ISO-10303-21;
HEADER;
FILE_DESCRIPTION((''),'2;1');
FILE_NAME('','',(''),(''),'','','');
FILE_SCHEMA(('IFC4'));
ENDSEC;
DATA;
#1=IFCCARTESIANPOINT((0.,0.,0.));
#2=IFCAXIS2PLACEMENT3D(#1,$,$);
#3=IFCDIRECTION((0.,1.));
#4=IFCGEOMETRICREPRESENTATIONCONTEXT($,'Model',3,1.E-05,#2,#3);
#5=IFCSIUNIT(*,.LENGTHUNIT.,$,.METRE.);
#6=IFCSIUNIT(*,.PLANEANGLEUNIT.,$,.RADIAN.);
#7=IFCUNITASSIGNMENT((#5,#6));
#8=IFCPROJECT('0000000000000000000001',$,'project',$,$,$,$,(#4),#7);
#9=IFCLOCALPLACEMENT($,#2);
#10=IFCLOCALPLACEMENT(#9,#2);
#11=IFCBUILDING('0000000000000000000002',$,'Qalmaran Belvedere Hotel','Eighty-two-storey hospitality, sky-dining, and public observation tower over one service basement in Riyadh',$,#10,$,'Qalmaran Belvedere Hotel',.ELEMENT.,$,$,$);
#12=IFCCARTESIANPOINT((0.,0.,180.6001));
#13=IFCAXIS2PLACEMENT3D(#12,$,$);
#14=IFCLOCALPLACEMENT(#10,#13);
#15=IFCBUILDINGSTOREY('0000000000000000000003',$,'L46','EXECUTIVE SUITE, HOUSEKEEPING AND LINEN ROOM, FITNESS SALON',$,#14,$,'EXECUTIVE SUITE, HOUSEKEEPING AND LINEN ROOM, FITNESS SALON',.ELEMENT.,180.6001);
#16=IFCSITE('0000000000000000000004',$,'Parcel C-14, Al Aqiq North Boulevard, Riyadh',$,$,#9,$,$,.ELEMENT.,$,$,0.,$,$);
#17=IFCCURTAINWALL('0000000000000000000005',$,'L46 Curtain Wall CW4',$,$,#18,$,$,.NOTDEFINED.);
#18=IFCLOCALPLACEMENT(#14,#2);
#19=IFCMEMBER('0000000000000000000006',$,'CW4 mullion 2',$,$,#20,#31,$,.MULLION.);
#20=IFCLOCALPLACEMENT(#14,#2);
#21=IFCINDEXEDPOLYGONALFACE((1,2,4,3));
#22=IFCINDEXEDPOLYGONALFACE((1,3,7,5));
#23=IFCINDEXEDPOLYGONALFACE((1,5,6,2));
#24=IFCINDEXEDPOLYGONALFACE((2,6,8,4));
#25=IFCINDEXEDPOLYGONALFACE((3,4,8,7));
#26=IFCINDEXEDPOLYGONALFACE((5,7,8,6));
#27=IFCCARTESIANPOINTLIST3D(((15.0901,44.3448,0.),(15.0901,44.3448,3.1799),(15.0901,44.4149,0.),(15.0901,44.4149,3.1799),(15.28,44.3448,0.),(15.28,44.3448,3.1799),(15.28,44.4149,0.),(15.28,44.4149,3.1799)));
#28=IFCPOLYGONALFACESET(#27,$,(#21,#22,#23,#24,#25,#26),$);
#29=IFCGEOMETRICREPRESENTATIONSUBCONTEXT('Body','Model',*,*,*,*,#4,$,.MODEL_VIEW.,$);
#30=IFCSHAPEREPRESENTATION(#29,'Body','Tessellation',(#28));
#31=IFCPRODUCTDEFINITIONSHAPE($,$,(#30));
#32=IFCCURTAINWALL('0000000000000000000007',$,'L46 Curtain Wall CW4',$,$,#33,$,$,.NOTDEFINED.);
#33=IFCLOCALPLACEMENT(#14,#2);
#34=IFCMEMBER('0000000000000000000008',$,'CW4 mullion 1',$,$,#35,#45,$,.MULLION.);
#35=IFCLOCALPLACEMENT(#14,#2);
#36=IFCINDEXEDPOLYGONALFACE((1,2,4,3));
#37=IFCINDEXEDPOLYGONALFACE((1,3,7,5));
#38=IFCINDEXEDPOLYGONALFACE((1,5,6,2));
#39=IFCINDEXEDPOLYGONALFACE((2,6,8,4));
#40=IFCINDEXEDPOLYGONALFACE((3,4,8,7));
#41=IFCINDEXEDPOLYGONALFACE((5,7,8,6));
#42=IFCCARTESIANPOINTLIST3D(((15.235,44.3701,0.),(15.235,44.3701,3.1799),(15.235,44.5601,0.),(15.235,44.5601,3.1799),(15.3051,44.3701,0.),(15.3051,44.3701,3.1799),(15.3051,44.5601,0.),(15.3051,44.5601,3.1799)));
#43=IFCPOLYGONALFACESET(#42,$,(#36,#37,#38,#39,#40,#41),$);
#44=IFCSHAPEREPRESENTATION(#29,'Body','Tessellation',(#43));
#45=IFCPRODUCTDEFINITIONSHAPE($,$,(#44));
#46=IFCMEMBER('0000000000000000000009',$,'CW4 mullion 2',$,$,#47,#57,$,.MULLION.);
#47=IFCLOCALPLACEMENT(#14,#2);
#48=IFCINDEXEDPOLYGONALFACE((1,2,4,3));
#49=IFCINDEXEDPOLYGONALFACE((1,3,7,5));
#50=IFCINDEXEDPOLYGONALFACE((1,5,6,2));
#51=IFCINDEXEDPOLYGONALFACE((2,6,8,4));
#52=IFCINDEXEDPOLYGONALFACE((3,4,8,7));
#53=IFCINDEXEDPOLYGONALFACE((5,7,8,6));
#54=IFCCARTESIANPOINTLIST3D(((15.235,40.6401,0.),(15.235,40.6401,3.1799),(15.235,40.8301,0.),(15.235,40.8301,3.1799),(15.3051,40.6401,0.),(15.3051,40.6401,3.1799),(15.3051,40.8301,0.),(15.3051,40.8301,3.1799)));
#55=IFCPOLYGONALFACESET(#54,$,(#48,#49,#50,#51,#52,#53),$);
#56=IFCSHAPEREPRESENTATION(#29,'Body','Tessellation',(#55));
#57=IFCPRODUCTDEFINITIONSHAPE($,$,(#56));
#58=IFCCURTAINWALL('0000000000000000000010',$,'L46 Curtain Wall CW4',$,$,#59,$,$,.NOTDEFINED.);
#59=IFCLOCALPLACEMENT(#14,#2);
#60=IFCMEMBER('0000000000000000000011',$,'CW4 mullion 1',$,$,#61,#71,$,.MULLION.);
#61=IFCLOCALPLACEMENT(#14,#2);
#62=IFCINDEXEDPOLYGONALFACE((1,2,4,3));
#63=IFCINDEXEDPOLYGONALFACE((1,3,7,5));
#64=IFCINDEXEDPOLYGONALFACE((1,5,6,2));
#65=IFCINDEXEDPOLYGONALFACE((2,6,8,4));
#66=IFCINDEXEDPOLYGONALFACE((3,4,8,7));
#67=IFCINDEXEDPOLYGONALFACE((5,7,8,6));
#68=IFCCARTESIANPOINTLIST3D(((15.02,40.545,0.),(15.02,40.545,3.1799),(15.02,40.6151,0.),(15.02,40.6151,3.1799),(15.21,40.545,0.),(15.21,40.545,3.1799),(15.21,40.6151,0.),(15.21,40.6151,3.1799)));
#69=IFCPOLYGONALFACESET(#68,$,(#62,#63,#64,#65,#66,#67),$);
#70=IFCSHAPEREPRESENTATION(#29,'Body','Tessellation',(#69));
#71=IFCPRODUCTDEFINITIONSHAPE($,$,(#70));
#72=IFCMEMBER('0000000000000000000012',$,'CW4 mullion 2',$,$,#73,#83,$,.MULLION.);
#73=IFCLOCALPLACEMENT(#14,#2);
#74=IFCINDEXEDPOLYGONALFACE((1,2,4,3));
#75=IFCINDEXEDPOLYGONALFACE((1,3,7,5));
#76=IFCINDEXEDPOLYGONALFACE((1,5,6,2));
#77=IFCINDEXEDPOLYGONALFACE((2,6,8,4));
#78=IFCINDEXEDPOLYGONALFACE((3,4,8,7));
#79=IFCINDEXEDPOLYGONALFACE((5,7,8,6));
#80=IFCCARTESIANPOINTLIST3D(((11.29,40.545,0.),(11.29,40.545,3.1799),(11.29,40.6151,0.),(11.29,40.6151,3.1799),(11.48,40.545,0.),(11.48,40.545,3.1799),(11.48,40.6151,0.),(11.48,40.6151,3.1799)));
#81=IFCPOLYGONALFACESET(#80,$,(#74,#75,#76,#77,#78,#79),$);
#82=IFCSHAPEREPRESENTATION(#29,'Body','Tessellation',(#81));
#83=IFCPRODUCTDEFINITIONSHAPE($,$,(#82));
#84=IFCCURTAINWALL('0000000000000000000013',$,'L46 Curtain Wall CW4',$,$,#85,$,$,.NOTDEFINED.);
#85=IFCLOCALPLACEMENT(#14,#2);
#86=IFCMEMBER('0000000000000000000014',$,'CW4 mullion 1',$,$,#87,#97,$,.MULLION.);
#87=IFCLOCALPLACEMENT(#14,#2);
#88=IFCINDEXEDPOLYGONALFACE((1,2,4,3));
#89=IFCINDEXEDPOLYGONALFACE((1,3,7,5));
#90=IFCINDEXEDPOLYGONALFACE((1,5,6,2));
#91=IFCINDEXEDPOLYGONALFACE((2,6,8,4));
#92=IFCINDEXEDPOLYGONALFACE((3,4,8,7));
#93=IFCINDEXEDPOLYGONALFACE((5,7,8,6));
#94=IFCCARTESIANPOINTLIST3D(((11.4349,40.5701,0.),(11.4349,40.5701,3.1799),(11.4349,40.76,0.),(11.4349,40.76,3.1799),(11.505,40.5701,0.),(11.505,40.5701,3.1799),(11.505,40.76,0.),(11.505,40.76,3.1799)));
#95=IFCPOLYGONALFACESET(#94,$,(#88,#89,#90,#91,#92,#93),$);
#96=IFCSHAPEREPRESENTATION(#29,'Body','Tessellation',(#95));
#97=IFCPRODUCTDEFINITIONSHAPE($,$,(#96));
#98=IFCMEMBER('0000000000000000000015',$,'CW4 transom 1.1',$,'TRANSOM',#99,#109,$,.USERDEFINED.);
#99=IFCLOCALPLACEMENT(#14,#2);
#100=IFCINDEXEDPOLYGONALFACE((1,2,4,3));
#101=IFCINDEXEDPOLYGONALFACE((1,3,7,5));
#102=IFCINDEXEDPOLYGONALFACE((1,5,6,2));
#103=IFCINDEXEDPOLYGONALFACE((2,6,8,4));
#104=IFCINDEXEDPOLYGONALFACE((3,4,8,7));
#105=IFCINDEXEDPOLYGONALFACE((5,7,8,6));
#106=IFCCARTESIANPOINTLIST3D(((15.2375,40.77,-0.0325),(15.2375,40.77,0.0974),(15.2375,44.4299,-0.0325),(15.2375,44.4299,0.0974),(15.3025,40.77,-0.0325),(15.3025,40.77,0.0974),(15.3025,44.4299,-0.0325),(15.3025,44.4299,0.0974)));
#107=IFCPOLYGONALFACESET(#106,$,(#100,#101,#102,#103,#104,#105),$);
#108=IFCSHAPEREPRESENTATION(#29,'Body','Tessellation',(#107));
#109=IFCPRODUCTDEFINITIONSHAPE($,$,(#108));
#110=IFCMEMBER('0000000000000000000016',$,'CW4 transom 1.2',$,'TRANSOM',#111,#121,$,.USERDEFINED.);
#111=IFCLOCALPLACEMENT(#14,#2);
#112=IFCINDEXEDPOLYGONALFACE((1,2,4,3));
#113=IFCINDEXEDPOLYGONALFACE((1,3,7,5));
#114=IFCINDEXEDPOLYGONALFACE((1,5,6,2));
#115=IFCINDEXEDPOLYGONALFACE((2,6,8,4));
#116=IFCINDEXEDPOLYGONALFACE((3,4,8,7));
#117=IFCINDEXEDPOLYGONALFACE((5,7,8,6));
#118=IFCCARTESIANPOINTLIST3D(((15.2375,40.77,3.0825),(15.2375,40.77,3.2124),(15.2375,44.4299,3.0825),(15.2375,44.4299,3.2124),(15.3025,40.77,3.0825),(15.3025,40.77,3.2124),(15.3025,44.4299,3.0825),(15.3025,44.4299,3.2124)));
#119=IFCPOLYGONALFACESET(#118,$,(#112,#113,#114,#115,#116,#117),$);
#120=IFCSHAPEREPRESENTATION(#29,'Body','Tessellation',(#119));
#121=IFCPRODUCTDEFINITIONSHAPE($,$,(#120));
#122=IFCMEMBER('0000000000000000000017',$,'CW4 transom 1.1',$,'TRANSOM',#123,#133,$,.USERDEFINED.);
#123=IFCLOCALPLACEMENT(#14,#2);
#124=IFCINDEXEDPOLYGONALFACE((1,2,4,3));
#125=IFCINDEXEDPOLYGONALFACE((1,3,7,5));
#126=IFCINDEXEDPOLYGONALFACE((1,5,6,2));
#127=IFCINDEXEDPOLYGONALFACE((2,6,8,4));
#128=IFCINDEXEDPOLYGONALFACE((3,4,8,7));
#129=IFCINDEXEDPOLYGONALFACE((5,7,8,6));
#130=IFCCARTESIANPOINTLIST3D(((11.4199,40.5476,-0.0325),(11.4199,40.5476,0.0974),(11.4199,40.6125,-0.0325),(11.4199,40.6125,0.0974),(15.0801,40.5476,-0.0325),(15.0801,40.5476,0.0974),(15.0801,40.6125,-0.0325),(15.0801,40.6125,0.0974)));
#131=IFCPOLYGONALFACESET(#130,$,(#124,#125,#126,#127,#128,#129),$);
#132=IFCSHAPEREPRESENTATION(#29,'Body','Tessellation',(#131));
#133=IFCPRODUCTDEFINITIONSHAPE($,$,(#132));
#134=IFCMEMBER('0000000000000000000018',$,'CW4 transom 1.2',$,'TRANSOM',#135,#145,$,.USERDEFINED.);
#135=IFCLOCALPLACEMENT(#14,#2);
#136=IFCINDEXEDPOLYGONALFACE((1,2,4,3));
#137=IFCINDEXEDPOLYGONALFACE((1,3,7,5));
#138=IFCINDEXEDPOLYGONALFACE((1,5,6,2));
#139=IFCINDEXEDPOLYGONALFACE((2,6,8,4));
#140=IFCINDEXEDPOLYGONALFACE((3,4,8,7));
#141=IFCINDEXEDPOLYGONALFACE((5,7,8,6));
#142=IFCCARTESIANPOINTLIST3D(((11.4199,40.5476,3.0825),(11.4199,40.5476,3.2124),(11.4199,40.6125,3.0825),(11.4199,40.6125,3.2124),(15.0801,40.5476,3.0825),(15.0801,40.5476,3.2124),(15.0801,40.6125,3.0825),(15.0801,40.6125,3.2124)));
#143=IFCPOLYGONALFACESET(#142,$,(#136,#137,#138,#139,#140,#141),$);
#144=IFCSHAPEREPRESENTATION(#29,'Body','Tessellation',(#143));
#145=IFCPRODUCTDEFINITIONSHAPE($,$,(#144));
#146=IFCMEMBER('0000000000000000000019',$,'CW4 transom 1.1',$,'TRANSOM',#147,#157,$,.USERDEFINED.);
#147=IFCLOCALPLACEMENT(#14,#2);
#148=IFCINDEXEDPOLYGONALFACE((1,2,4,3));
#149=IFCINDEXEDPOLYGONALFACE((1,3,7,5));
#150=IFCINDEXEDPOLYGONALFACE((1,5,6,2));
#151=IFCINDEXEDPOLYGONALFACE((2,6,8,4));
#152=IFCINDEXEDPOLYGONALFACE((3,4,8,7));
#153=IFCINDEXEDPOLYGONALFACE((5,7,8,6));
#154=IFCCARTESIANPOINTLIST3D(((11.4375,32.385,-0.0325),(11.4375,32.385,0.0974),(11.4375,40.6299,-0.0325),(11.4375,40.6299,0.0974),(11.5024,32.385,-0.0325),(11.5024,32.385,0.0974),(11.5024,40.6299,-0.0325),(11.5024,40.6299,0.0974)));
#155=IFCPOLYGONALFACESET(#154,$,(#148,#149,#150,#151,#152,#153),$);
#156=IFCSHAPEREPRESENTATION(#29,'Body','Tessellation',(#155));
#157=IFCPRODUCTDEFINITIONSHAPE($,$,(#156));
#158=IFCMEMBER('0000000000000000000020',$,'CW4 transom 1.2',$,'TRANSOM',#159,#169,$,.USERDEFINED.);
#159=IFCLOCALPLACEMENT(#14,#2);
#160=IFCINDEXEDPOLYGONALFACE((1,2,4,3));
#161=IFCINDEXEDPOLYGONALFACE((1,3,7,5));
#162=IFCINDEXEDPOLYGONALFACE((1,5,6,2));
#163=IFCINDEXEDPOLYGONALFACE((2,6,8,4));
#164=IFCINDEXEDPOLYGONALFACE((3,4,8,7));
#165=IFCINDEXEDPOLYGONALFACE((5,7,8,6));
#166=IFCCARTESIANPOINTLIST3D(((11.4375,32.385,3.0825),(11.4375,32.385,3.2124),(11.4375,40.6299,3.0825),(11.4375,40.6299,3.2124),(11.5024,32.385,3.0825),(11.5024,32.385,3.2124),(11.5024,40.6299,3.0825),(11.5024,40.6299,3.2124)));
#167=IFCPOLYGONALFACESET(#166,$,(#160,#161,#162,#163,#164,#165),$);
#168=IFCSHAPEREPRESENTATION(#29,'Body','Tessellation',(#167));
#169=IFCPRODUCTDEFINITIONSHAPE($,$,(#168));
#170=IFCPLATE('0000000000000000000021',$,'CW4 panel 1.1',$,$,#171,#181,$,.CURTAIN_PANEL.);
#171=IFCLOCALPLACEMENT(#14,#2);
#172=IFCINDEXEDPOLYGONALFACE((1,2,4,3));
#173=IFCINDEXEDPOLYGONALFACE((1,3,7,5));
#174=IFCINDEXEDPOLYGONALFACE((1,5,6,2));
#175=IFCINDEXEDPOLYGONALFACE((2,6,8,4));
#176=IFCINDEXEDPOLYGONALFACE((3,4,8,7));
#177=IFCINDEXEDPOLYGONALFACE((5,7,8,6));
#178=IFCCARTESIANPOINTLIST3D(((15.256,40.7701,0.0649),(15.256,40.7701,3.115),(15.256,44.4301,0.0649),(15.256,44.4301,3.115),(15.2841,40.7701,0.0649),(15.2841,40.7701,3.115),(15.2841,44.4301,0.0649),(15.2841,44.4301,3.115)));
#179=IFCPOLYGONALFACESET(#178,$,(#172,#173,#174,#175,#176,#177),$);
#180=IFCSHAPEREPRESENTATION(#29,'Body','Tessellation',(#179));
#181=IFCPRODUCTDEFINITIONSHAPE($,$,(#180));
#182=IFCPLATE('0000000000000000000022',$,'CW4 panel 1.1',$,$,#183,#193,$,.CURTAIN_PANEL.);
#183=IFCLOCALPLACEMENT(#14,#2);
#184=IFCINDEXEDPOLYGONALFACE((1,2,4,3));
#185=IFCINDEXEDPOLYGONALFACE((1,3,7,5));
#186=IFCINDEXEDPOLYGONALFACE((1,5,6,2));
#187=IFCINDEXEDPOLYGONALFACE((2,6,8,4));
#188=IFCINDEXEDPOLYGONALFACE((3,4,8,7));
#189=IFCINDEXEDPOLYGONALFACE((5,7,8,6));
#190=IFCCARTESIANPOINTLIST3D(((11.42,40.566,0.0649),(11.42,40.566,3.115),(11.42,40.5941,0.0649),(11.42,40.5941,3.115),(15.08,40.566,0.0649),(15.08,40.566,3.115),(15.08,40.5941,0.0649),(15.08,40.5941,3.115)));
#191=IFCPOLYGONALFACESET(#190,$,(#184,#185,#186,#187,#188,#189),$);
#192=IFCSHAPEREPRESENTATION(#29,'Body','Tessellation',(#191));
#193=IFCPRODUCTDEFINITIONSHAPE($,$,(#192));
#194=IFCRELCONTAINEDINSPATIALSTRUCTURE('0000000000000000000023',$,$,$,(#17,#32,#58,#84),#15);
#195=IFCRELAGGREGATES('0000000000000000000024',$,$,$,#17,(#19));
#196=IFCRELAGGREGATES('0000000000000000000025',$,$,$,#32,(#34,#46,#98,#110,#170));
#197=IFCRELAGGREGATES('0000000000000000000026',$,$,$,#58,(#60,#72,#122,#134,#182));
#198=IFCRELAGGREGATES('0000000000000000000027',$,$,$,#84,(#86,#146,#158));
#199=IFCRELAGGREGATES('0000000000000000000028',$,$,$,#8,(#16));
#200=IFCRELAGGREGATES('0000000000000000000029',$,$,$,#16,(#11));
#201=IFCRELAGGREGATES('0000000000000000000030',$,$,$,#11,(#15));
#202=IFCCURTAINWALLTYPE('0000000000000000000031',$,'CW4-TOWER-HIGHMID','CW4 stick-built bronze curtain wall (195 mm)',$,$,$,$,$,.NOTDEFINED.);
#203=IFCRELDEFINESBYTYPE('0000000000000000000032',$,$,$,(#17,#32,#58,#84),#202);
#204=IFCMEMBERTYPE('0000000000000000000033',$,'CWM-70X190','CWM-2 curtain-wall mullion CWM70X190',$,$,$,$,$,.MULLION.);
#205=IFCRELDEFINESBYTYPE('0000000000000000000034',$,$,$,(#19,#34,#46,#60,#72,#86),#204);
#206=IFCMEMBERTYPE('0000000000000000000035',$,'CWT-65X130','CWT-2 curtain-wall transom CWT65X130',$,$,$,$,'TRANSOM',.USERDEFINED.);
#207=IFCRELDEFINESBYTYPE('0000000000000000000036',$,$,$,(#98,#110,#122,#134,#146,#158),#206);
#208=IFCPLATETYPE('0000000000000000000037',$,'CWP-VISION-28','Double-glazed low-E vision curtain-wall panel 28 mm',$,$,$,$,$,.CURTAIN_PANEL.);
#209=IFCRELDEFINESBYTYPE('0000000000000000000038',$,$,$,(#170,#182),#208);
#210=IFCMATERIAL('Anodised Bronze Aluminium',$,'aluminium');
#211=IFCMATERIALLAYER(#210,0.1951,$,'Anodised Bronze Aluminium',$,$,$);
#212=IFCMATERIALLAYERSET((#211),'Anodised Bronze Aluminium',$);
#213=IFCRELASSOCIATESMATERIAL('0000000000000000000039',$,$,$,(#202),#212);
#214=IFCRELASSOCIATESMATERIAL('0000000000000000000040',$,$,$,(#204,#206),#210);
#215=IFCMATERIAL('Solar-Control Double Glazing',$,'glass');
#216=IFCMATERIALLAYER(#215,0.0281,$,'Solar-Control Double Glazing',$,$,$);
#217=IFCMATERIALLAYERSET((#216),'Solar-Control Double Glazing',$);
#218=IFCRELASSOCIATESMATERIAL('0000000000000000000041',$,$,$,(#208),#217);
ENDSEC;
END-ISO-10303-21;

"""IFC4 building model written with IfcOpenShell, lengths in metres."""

from ifc_helpers import new_model, si_unit, direction, frame, origin, origin_2d, place, context, subcontext, project, spatial, rectangle, extrude, material, layer, layer_set, material_profile, profile_set, type_object, element, aggregate, save


model = new_model("IFC4")

# Units and contexts
model_context = context("Model", 3, precision=1e-05, world=origin(), true_north=direction((0.0, 1.0)))
body_context = subcontext(model_context, "Body", "Model", "MODEL_VIEW")
ifc_project = project(units=[si_unit("LENGTHUNIT", "METRE"), si_unit("PLANEANGLEUNIT", "RADIAN")], contexts=[model_context])

# Site, building, storey
site_placement = place(None, origin())
site = spatial("IfcSite", under=ifc_project, at=site_placement, Name="Parcel C-14, Al Aqiq North Boulevard, Riyadh", CompositionType="ELEMENT", RefElevation=0.0)
building_placement = place(site_placement, origin())
building = spatial("IfcBuilding", under=site, at=building_placement, Name="Qalmaran Belvedere Hotel", Description="Eighty-two-storey hospitality, sky-dining, and public observation tower over one service basement in Riyadh", LongName="Qalmaran Belvedere Hotel", CompositionType="ELEMENT")
storey_placement = place(building_placement, frame((0.0, 0.0, 180.6001)))
storey = spatial("IfcBuildingStorey", under=building, at=storey_placement, Name="L46", Description="EXECUTIVE SUITE, HOUSEKEEPING AND LINEN ROOM, FITNESS SALON", LongName="EXECUTIVE SUITE, HOUSEKEEPING AND LINEN ROOM, FITNESS SALON", CompositionType="ELEMENT", Elevation=180.6001)

# Curtain wall, member
ifc_material_1 = material(Name="Anodised Bronze Aluminium", Category="aluminium")
ifc_layer_1 = layer(ifc_material_1, 0.1951, Name="Anodised Bronze Aluminium")
ifc_layer_set_1 = layer_set([ifc_layer_1], Name="Anodised Bronze Aluminium")
curtain_wall_type = type_object("IfcCurtainWallType", Name="CW4-TOWER-HIGHMID", Description="CW4 stick-built bronze curtain wall (195 mm)", PredefinedType="NOTDEFINED", material=ifc_layer_set_1)
curtain_wall_1_placement = place(storey_placement, origin())
curtain_wall_1 = element("IfcCurtainWall", 1, at=curtain_wall_1_placement, inside=storey, type_object=curtain_wall_type, Name="L46 Curtain Wall CW4", PredefinedType="NOTDEFINED")
ifc_material_profile_1 = material_profile(ifc_material_1, rectangle(XDim=0.0701, YDim=0.1899, at=origin_2d()), Name="CWM70X190")
ifc_profile_set_1 = profile_set([ifc_material_profile_1], Name="Anodised Bronze Aluminium")
member_type_1 = type_object("IfcMemberType", Name="CWM-70X190", Description="CWM-2 curtain-wall mullion CWM70X190", PredefinedType="MULLION", material=ifc_profile_set_1)
member_1_placement = place(storey_placement, frame((15.1851, 44.3799, 0.0), z_axis=(0.0, 0.0, 1.0), x_axis=(0.0, -1.0, 0.0)))
member_1 = element("IfcMember", 2, at=member_1_placement, type_object=member_type_1, Name="CW4 mullion 2", PredefinedType="MULLION", context=body_context, shape_type="SweptSolid", body=[
    extrude(rectangle(XDim=0.0701, YDim=0.1899, at=origin_2d()), origin(), (0.0, 0.0, 1.0), 3.1799),
])
aggregate(curtain_wall_1, [member_1])

# Curtain walls, members
curtain_wall_2_placement = place(storey_placement, origin())
curtain_wall_2 = element("IfcCurtainWall", 3, at=curtain_wall_2_placement, inside=storey, type_object=curtain_wall_type, Name="L46 Curtain Wall CW4", PredefinedType="NOTDEFINED")
member_2_placement = place(storey_placement, frame((15.27, 44.4651, 0.0), z_axis=(0.0, 0.0, 1.0), x_axis=(1.0, 0.0, 0.0)))
member_2 = element("IfcMember", 4, at=member_2_placement, type_object=member_type_1, Name="CW4 mullion 1", PredefinedType="MULLION", context=body_context, shape_type="SweptSolid", body=[
    extrude(rectangle(XDim=0.0701, YDim=0.1899, at=origin_2d()), origin(), (0.0, 0.0, 1.0), 3.1799),
])
member_3_placement = place(storey_placement, frame((15.27, 40.7351, 0.0), z_axis=(0.0, 0.0, 1.0), x_axis=(1.0, 0.0, 0.0)))
member_3 = element("IfcMember", 5, at=member_3_placement, type_object=member_type_1, Name="CW4 mullion 2", PredefinedType="MULLION", context=body_context, shape_type="SweptSolid", body=[
    extrude(rectangle(XDim=0.0701, YDim=0.1899, at=origin_2d()), origin(), (0.0, 0.0, 1.0), 3.1799),
])
curtain_wall_3_placement = place(storey_placement, origin())
curtain_wall_3 = element("IfcCurtainWall", 6, at=curtain_wall_3_placement, inside=storey, type_object=curtain_wall_type, Name="L46 Curtain Wall CW4", PredefinedType="NOTDEFINED")
member_4_placement = place(storey_placement, frame((15.115, 40.5801, 0.0), z_axis=(0.0, 0.0, 1.0), x_axis=(0.0, -1.0, 0.0)))
member_4 = element("IfcMember", 7, at=member_4_placement, type_object=member_type_1, Name="CW4 mullion 1", PredefinedType="MULLION", context=body_context, shape_type="SweptSolid", body=[
    extrude(rectangle(XDim=0.0701, YDim=0.1899, at=origin_2d()), origin(), (0.0, 0.0, 1.0), 3.1799),
])
member_5_placement = place(storey_placement, frame((11.385, 40.5801, 0.0), z_axis=(0.0, 0.0, 1.0), x_axis=(0.0, -1.0, 0.0)))
member_5 = element("IfcMember", 8, at=member_5_placement, type_object=member_type_1, Name="CW4 mullion 2", PredefinedType="MULLION", context=body_context, shape_type="SweptSolid", body=[
    extrude(rectangle(XDim=0.0701, YDim=0.1899, at=origin_2d()), origin(), (0.0, 0.0, 1.0), 3.1799),
])

# Curtain wall, member
curtain_wall_4_placement = place(storey_placement, origin())
curtain_wall_4 = element("IfcCurtainWall", 9, at=curtain_wall_4_placement, inside=storey, type_object=curtain_wall_type, Name="L46 Curtain Wall CW4", PredefinedType="NOTDEFINED")
member_6_placement = place(storey_placement, frame((11.47, 40.665, 0.0), z_axis=(0.0, 0.0, 1.0), x_axis=(1.0, 0.0, 0.0)))
member_6 = element("IfcMember", 10, at=member_6_placement, type_object=member_type_1, Name="CW4 mullion 1", PredefinedType="MULLION", context=body_context, shape_type="SweptSolid", body=[
    extrude(rectangle(XDim=0.0701, YDim=0.1899, at=origin_2d()), origin(), (0.0, 0.0, 1.0), 3.1799),
])

# Members
ifc_material_profile_2 = material_profile(ifc_material_1, rectangle(XDim=0.0649, YDim=0.1299, at=origin_2d()), Name="CWT65X130")
ifc_profile_set_2 = profile_set([ifc_material_profile_2], Name="Anodised Bronze Aluminium")
member_type_2 = type_object("IfcMemberType", Name="CWT-65X130", Description="CWT-2 curtain-wall transom CWT65X130", ElementType="TRANSOM", PredefinedType="USERDEFINED", material=ifc_profile_set_2)
member_7_placement = place(storey_placement, frame((15.27, 44.4299, 0.0325), z_axis=(0.0, -1.0, 0.0), x_axis=(1.0, 0.0, 0.0)))
member_7 = element("IfcMember", 11, at=member_7_placement, type_object=member_type_2, Name="CW4 transom 1.1", ObjectType="TRANSOM", PredefinedType="USERDEFINED", context=body_context, shape_type="SweptSolid", body=[
    extrude(rectangle(XDim=0.0649, YDim=0.1299, at=origin_2d()), origin(), (0.0, 0.0, 1.0), 3.6599),
])
member_8_placement = place(storey_placement, frame((15.27, 44.4299, 3.1475), z_axis=(0.0, -1.0, 0.0), x_axis=(1.0, 0.0, 0.0)))
member_8 = element("IfcMember", 12, at=member_8_placement, type_object=member_type_2, Name="CW4 transom 1.2", ObjectType="TRANSOM", PredefinedType="USERDEFINED", context=body_context, shape_type="SweptSolid", body=[
    extrude(rectangle(XDim=0.0649, YDim=0.1299, at=origin_2d()), origin(), (0.0, 0.0, 1.0), 3.6599),
])
member_9_placement = place(storey_placement, frame((15.0801, 40.5801, 0.0325), z_axis=(-1.0, 0.0, 0.0), x_axis=(0.0, -1.0, 0.0)))
member_9 = element("IfcMember", 13, at=member_9_placement, type_object=member_type_2, Name="CW4 transom 1.1", ObjectType="TRANSOM", PredefinedType="USERDEFINED", context=body_context, shape_type="SweptSolid", body=[
    extrude(rectangle(XDim=0.0649, YDim=0.1299, at=origin_2d()), origin(), (0.0, 0.0, 1.0), 3.6602),
])
member_10_placement = place(storey_placement, frame((15.0801, 40.5801, 3.1475), z_axis=(-1.0, 0.0, 0.0), x_axis=(0.0, -1.0, 0.0)))
member_10 = element("IfcMember", 14, at=member_10_placement, type_object=member_type_2, Name="CW4 transom 1.2", ObjectType="TRANSOM", PredefinedType="USERDEFINED", context=body_context, shape_type="SweptSolid", body=[
    extrude(rectangle(XDim=0.0649, YDim=0.1299, at=origin_2d()), origin(), (0.0, 0.0, 1.0), 3.6602),
])
member_11_placement = place(storey_placement, frame((11.47, 40.6299, 0.0325), z_axis=(0.0, -1.0, 0.0), x_axis=(1.0, 0.0, 0.0)))
member_11 = element("IfcMember", 15, at=member_11_placement, type_object=member_type_2, Name="CW4 transom 1.1", ObjectType="TRANSOM", PredefinedType="USERDEFINED", context=body_context, shape_type="SweptSolid", body=[
    extrude(rectangle(XDim=0.0649, YDim=0.1299, at=origin_2d()), origin(), (0.0, 0.0, 1.0), 8.2449),
])
member_12_placement = place(storey_placement, frame((11.47, 40.6299, 3.1475), z_axis=(0.0, -1.0, 0.0), x_axis=(1.0, 0.0, 0.0)))
member_12 = element("IfcMember", 16, at=member_12_placement, type_object=member_type_2, Name="CW4 transom 1.2", ObjectType="TRANSOM", PredefinedType="USERDEFINED", context=body_context, shape_type="SweptSolid", body=[
    extrude(rectangle(XDim=0.0649, YDim=0.1299, at=origin_2d()), origin(), (0.0, 0.0, 1.0), 8.2449),
])

# Plates
ifc_material_2 = material(Name="Solar-Control Double Glazing", Category="glass")
ifc_layer_2 = layer(ifc_material_2, 0.0281, Name="Solar-Control Double Glazing")
ifc_layer_set_2 = layer_set([ifc_layer_2], Name="Solar-Control Double Glazing")
plate_type = type_object("IfcPlateType", Name="CWP-VISION-28", Description="Double-glazed low-E vision curtain-wall panel 28 mm", PredefinedType="CURTAIN_PANEL", material=ifc_layer_set_2)
plate_1_placement = place(storey_placement, frame((15.27, 42.6001, 0.0649), z_axis=(0.0, 0.0, 1.0), x_axis=(0.0, -1.0, 0.0)))
plate_1 = element("IfcPlate", 17, at=plate_1_placement, type_object=plate_type, Name="CW4 panel 1.1", PredefinedType="CURTAIN_PANEL", context=body_context, shape_type="SweptSolid", body=[
    extrude(rectangle(XDim=3.6599, YDim=0.0281, at=origin_2d()), origin(), (0.0, 0.0, 1.0), 3.05),
])
aggregate(curtain_wall_2, [member_2, member_3, member_7, member_8, plate_1])
plate_2_placement = place(storey_placement, frame((13.25, 40.5801, 0.0649), z_axis=(0.0, 0.0, 1.0), x_axis=(-1.0, 0.0, 0.0)))
plate_2 = element("IfcPlate", 18, at=plate_2_placement, type_object=plate_type, Name="CW4 panel 1.1", PredefinedType="CURTAIN_PANEL", context=body_context, shape_type="SweptSolid", body=[
    extrude(rectangle(XDim=3.6599, YDim=0.0281, at=origin_2d()), origin(), (0.0, 0.0, 1.0), 3.05),
])
aggregate(curtain_wall_3, [member_4, member_5, member_9, member_10, plate_2])
aggregate(curtain_wall_4, [member_6, member_11, member_12])

save(model, "model.ifc")
